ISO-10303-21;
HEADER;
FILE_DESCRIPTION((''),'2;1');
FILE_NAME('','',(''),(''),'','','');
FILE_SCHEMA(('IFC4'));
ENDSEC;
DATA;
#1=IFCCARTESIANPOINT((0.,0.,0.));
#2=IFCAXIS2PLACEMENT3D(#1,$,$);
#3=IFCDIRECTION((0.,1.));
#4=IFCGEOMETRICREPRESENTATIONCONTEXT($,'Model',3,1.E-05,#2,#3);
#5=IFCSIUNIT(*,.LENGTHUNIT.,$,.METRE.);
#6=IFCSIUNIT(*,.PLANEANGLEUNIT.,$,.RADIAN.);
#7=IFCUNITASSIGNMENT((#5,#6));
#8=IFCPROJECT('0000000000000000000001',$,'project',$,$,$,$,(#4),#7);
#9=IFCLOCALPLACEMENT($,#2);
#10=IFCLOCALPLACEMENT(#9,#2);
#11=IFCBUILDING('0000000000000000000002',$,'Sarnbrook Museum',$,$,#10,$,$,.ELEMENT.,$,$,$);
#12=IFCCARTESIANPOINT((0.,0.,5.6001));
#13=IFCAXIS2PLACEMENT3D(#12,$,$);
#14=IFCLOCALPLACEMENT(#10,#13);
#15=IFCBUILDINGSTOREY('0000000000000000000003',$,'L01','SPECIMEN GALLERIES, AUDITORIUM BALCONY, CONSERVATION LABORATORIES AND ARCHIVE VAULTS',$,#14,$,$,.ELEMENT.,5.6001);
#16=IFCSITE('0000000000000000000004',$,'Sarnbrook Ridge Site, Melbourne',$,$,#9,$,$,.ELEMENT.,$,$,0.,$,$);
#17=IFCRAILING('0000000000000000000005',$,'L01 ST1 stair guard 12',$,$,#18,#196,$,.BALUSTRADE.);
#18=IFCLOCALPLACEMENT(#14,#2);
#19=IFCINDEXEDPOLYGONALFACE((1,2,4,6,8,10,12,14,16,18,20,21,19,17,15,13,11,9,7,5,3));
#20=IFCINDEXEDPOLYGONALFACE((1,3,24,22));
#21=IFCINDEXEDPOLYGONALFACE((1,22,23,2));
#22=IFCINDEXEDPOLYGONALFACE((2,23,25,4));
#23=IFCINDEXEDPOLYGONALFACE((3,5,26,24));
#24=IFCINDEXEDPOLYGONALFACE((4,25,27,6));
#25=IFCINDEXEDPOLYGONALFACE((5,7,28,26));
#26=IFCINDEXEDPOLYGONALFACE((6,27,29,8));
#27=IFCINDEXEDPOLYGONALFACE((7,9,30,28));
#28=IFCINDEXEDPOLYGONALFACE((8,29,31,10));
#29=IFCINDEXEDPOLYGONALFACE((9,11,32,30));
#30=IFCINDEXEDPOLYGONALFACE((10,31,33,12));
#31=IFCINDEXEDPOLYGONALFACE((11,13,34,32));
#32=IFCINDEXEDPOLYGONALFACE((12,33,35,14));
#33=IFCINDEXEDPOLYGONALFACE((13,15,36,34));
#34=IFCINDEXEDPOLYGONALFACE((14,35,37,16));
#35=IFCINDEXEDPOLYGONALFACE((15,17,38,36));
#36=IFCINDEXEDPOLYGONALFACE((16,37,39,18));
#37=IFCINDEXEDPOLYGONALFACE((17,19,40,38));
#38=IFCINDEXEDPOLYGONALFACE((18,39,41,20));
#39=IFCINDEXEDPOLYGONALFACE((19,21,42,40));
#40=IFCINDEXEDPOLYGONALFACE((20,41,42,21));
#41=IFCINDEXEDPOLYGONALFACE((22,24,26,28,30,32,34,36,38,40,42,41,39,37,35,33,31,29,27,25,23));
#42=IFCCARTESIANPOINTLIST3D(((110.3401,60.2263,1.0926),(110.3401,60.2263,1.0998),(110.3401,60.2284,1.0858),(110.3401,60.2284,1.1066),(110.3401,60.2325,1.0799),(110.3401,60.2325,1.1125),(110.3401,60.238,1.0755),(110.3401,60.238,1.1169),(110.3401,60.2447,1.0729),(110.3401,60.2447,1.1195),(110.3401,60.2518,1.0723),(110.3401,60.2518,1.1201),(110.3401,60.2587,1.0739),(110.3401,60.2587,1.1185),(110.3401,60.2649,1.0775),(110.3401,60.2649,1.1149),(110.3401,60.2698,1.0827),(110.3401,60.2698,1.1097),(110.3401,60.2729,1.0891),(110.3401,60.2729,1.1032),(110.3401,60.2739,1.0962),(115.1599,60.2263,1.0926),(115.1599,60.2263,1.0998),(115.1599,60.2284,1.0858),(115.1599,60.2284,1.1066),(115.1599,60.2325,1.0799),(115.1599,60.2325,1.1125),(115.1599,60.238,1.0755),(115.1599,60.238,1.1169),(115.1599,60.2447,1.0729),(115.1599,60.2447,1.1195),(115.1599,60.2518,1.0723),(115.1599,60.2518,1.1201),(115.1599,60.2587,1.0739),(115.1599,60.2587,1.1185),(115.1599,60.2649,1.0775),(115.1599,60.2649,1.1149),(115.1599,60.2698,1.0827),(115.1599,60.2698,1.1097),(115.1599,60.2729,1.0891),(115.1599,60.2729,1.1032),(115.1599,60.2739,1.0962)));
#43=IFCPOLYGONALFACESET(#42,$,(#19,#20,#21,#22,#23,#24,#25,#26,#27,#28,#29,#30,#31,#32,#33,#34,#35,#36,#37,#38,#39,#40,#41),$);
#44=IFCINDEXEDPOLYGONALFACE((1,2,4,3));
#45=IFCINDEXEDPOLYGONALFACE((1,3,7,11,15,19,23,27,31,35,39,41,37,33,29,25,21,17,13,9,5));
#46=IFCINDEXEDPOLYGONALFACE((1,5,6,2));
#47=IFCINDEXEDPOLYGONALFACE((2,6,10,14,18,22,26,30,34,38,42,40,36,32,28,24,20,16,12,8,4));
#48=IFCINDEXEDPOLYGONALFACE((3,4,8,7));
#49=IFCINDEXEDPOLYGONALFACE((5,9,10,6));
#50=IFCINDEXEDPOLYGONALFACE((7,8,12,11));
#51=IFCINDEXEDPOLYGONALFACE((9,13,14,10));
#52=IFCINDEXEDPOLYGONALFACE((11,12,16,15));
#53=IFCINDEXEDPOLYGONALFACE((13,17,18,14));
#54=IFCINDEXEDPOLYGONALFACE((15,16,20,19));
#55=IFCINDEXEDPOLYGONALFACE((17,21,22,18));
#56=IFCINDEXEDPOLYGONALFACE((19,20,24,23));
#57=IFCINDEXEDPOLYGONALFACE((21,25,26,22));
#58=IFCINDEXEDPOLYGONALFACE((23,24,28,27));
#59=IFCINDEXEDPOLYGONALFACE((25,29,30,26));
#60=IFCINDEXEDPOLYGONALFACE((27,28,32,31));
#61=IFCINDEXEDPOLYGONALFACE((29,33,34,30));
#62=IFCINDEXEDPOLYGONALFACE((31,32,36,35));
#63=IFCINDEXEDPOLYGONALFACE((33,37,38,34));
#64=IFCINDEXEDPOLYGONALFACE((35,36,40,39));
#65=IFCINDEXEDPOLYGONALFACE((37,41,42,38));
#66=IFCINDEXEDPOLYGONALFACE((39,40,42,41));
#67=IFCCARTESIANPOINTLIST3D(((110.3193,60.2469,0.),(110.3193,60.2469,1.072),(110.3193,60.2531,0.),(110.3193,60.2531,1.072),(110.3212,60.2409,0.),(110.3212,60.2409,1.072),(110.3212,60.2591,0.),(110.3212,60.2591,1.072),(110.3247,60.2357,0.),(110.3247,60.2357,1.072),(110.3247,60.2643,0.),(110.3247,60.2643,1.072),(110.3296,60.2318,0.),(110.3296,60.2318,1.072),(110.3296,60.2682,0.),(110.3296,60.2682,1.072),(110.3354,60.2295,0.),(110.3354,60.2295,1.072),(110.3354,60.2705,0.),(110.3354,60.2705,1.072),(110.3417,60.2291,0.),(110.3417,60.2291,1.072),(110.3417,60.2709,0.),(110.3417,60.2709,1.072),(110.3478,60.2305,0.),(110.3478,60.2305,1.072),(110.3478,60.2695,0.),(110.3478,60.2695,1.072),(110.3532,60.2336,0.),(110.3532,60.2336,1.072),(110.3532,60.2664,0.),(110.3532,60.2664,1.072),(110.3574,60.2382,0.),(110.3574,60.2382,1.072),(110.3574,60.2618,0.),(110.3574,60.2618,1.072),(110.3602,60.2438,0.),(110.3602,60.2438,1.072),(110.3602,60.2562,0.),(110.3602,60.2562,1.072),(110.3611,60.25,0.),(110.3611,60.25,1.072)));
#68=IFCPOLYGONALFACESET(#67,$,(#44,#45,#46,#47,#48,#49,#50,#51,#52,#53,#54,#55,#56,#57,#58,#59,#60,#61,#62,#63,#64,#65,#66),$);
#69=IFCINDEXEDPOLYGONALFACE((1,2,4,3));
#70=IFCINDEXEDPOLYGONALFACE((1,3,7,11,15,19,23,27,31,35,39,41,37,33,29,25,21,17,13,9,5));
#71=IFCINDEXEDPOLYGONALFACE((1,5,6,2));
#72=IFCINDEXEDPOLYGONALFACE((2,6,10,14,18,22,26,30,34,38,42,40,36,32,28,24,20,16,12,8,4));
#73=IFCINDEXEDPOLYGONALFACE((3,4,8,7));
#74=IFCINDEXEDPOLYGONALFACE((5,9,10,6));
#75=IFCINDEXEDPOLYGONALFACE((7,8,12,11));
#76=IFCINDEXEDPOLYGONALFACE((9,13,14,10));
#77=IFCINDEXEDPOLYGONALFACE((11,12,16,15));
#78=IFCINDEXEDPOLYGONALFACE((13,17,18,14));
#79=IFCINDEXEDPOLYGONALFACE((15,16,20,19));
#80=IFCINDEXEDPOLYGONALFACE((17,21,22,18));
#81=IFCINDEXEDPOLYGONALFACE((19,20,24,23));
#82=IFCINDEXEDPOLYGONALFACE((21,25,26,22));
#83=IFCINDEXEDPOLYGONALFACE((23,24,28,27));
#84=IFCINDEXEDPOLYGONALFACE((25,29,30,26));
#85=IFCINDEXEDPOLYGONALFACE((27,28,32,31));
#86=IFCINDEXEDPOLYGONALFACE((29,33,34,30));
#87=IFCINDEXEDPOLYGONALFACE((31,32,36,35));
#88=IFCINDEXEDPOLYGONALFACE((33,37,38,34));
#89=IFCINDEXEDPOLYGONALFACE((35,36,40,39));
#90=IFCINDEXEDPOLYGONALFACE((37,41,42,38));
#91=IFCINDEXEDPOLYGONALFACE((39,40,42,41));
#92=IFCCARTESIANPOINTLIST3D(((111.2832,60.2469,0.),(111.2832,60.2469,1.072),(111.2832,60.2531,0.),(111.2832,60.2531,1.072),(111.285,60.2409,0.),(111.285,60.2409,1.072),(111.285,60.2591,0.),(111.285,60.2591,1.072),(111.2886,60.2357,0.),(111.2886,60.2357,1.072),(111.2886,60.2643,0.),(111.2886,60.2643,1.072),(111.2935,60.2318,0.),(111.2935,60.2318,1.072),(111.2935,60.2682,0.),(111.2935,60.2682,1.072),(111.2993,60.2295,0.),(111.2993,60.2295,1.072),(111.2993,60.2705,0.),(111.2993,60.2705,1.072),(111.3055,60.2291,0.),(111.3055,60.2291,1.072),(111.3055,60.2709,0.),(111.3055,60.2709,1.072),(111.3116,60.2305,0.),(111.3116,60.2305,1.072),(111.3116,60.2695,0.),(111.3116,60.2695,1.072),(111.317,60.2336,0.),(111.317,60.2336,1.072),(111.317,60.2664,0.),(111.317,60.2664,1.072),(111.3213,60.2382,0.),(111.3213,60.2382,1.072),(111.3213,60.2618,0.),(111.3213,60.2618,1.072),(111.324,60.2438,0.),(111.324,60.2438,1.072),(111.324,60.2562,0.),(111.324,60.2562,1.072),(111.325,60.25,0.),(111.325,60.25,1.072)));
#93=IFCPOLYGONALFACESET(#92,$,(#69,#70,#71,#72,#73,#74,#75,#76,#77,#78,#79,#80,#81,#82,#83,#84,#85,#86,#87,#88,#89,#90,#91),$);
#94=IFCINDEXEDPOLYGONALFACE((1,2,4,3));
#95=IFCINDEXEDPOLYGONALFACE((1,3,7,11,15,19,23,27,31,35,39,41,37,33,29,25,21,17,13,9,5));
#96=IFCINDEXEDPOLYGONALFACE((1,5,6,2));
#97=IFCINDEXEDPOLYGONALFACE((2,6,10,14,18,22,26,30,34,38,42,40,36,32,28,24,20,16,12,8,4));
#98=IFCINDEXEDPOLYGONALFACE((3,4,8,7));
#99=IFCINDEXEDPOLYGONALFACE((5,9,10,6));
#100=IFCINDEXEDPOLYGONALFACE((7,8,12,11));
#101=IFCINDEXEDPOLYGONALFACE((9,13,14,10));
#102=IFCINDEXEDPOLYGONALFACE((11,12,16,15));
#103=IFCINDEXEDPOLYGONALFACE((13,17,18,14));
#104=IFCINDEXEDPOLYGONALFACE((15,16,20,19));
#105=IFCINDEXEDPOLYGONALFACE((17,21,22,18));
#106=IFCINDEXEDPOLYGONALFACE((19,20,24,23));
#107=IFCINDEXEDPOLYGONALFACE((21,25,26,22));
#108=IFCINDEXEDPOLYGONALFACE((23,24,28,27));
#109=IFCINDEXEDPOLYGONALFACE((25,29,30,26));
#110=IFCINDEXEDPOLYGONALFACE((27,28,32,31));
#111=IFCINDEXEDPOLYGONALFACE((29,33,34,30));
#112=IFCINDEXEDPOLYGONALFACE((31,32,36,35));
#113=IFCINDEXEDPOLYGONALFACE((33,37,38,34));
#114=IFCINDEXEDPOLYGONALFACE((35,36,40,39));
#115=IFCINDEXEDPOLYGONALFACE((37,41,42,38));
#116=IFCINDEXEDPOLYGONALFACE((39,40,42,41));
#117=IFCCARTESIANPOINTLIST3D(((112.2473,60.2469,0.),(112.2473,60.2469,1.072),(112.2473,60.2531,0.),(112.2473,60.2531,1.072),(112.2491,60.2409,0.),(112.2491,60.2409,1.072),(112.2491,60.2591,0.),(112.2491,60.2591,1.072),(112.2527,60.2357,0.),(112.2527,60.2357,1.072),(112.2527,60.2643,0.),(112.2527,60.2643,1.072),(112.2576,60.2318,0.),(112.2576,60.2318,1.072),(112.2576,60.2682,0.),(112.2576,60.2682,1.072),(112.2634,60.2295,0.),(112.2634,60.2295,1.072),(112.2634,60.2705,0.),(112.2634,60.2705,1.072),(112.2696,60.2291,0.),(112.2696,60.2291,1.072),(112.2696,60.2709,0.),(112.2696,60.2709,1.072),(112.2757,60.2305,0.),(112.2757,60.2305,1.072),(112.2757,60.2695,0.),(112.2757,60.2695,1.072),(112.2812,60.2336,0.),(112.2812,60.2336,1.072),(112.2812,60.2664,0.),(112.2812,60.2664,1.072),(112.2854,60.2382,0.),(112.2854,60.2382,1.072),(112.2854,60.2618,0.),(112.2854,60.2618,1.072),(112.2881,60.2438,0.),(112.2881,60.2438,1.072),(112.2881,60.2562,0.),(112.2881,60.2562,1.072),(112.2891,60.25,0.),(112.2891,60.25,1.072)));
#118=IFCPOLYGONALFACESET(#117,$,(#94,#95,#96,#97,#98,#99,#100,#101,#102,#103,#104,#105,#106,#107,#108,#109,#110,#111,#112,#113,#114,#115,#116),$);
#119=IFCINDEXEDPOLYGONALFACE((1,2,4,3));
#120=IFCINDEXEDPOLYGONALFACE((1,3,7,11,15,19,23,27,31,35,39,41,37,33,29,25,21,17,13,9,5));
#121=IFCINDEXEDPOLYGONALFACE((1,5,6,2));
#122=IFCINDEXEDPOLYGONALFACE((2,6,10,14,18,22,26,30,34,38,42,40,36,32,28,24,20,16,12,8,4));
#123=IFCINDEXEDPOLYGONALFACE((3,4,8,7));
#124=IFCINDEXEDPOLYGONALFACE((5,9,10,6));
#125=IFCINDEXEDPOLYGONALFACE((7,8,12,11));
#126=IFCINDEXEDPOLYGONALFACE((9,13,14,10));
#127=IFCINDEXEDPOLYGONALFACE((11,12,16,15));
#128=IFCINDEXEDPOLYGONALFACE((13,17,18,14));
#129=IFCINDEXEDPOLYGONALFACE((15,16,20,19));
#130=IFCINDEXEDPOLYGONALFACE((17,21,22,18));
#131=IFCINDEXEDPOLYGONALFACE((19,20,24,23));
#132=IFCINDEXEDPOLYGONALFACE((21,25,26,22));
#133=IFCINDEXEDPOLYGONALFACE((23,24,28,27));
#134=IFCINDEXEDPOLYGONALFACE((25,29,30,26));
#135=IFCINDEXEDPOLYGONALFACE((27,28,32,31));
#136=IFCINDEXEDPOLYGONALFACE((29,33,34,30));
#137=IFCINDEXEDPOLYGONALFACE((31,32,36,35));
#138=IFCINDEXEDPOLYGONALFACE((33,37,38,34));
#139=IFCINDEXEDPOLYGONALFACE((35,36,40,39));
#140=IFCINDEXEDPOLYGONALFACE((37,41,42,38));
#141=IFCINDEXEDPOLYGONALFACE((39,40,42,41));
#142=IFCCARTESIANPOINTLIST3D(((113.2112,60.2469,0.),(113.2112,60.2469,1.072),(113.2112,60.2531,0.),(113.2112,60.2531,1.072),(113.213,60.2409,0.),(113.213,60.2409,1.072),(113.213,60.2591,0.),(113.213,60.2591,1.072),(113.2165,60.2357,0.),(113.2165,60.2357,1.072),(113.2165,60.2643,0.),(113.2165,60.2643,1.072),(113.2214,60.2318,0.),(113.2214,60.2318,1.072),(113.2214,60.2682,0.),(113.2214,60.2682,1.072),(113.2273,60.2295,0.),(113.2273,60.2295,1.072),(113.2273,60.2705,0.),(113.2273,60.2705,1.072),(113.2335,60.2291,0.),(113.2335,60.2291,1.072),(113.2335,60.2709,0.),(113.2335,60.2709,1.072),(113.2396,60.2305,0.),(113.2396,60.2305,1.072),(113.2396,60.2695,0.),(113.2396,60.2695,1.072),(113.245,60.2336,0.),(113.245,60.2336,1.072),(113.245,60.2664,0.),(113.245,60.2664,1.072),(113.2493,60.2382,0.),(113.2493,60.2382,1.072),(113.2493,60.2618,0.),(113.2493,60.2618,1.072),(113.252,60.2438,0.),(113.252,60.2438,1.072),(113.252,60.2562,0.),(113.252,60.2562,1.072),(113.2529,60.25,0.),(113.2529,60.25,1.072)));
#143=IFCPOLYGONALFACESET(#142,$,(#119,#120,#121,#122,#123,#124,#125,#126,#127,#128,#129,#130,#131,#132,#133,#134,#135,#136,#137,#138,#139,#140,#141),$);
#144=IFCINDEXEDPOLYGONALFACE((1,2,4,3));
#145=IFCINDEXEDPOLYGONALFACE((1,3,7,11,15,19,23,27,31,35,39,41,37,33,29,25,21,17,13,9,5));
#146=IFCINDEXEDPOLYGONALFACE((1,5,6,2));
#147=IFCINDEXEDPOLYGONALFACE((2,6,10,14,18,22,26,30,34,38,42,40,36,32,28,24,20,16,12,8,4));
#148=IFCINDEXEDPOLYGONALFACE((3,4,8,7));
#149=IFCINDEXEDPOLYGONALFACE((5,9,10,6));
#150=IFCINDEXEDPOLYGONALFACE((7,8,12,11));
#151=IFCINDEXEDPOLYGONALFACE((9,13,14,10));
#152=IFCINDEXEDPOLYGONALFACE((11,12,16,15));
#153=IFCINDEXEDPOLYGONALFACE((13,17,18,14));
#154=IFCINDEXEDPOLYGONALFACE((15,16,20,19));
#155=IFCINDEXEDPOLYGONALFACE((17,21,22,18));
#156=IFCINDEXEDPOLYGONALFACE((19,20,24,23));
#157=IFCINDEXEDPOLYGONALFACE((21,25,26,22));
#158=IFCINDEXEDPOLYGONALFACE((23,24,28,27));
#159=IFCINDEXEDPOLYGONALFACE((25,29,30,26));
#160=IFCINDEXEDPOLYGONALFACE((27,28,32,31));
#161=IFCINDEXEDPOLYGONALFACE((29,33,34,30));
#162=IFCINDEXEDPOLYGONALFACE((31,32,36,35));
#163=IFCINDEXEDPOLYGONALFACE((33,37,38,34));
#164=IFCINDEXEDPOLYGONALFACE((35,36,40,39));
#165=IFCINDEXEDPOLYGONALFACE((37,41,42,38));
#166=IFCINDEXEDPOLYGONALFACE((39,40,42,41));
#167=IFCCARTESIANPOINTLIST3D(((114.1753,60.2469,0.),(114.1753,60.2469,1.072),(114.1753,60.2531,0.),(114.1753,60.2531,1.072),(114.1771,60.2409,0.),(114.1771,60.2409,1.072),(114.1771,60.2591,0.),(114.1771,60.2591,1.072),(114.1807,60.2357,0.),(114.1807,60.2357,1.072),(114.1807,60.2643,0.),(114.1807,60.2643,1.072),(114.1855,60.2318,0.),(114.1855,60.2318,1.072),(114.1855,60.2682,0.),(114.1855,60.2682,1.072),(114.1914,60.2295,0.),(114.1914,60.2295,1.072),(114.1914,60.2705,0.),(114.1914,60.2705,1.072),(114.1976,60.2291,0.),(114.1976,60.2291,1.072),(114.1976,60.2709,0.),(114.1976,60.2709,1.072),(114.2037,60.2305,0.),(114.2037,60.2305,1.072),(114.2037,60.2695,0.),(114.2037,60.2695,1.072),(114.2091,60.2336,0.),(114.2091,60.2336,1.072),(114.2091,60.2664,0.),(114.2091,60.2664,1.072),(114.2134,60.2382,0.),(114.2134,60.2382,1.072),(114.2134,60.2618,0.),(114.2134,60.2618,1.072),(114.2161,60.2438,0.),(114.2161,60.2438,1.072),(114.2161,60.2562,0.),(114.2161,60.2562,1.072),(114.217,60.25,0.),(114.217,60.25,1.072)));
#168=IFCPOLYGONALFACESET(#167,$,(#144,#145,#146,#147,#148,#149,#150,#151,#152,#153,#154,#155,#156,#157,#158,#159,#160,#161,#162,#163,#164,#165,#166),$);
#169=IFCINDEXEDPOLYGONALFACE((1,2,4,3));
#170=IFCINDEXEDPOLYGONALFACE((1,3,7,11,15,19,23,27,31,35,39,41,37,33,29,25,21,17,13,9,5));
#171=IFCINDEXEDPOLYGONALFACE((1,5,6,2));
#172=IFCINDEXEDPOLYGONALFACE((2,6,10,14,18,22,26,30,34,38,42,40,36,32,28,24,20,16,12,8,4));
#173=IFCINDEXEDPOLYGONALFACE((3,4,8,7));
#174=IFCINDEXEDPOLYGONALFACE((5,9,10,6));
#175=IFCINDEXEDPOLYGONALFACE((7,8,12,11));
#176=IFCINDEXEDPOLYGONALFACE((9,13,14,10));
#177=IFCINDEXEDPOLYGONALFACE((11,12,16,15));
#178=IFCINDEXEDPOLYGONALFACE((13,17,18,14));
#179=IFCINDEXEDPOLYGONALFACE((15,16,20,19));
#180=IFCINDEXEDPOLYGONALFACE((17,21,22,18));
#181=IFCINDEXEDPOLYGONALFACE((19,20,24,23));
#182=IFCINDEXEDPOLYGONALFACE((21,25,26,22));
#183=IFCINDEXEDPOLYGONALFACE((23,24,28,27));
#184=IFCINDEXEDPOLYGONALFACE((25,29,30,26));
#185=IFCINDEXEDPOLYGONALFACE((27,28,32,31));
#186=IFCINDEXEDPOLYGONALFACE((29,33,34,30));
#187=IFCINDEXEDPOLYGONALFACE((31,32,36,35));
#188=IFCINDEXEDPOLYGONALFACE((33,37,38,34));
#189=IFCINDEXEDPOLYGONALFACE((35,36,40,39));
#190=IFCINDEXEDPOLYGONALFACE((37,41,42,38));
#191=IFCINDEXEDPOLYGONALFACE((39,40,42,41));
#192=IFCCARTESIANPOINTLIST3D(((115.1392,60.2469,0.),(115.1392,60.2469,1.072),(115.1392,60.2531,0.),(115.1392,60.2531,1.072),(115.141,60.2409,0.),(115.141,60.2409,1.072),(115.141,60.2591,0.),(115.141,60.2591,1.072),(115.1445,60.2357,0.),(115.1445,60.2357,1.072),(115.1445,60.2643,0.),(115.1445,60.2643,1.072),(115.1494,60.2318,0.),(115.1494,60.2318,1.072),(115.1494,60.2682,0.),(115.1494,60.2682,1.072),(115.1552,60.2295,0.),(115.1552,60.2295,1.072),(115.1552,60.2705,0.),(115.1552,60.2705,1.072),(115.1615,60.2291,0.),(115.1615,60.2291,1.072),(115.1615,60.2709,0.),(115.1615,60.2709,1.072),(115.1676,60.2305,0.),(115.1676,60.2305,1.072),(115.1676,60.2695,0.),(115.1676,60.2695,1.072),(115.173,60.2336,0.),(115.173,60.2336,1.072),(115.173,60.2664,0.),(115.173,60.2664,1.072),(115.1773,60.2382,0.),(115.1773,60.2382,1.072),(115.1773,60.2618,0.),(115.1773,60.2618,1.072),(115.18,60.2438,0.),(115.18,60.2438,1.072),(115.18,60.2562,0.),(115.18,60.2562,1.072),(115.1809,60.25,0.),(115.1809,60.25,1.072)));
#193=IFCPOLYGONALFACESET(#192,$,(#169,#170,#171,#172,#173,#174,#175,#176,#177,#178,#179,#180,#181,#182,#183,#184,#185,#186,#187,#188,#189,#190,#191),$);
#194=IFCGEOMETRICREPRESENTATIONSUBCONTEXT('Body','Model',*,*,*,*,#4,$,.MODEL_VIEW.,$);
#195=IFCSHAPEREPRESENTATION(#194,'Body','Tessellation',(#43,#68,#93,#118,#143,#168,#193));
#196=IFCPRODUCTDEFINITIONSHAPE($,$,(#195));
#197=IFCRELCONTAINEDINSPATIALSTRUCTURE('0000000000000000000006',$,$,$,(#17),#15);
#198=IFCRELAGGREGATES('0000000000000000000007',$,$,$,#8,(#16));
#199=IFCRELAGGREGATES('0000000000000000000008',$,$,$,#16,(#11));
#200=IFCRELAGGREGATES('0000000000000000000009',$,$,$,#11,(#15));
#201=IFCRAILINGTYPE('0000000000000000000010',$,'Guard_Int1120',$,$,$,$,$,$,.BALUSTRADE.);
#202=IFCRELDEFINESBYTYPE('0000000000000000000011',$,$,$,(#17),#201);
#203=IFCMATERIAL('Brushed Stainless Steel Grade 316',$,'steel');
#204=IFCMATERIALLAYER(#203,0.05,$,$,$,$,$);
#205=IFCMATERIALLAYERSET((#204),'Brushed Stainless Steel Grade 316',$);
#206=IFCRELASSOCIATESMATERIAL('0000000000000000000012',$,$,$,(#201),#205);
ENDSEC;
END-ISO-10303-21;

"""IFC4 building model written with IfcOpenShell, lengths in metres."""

from ifc_helpers import new_model, si_unit, direction, frame, origin, origin_2d, place, context, subcontext, project, spatial, circle, extrude, material, layer, layer_set, type_object, element, save


model = new_model("IFC4")

# Units and contexts
model_context = context("Model", 3, precision=1e-05, world=origin(), true_north=direction((0.0, 1.0)))
body_context = subcontext(model_context, "Body", "Model", "MODEL_VIEW")
ifc_project = project(units=[si_unit("LENGTHUNIT", "METRE"), si_unit("PLANEANGLEUNIT", "RADIAN")], contexts=[model_context])

# Site, building, storey
site_placement = place(None, origin())
site = spatial("IfcSite", under=ifc_project, at=site_placement, Name="Sarnbrook Ridge Site, Melbourne", CompositionType="ELEMENT", RefElevation=0.0)
building_placement = place(site_placement, origin())
building = spatial("IfcBuilding", under=site, at=building_placement, Name="Sarnbrook Museum", CompositionType="ELEMENT")
storey_placement = place(building_placement, frame((0.0, 0.0, 5.6001)))
storey = spatial("IfcBuildingStorey", under=building, at=storey_placement, Name="L01", Description="SPECIMEN GALLERIES, AUDITORIUM BALCONY, CONSERVATION LABORATORIES AND ARCHIVE VAULTS", CompositionType="ELEMENT", Elevation=5.6001)

# Railing
ifc_material_1 = material(Name="Brushed Stainless Steel Grade 316", Category="steel")
ifc_layer_1 = layer(ifc_material_1, 0.05)
ifc_layer_set_1 = layer_set([ifc_layer_1], Name="Brushed Stainless Steel Grade 316")
railing_type_1 = type_object("IfcRailingType", Name="Guard_Int1120", PredefinedType="BALUSTRADE", material=ifc_layer_set_1)
railing_1_placement = place(storey_placement, frame((110.3401, 60.25, 0.0)))
element("IfcRailing", 1, at=railing_1_placement, inside=storey, type_object=railing_type_1, Name="L01 ST1 stair guard 12", PredefinedType="BALUSTRADE", context=body_context, shape_type="SweptSolid", body=[
    extrude(circle(Radius=0.0239, at=origin_2d()), frame((0.0, 0.0, 1.0962), z_axis=(1.0, 0.0, 0.0), x_axis=(0.0, 1.0, 0.0)), (0.0, 0.0, 1.0), 4.8198),
    extrude(circle(Radius=0.021, at=origin_2d()), origin(), (0.0, 0.0, 1.0), 1.072),
    extrude(circle(Radius=0.021, at=origin_2d()), frame((0.9639, 0.0, 0.0)), (0.0, 0.0, 1.0), 1.072),
    extrude(circle(Radius=0.021, at=origin_2d()), frame((1.928, 0.0, 0.0)), (0.0, 0.0, 1.0), 1.072),
    extrude(circle(Radius=0.021, at=origin_2d()), frame((2.8918, 0.0, 0.0)), (0.0, 0.0, 1.0), 1.072),
    extrude(circle(Radius=0.021, at=origin_2d()), frame((3.856, 0.0, 0.0)), (0.0, 0.0, 1.0), 1.072),
    extrude(circle(Radius=0.021, at=origin_2d()), frame((4.8198, 0.0, 0.0)), (0.0, 0.0, 1.0), 1.072),
])

save(model, "model.ifc")
